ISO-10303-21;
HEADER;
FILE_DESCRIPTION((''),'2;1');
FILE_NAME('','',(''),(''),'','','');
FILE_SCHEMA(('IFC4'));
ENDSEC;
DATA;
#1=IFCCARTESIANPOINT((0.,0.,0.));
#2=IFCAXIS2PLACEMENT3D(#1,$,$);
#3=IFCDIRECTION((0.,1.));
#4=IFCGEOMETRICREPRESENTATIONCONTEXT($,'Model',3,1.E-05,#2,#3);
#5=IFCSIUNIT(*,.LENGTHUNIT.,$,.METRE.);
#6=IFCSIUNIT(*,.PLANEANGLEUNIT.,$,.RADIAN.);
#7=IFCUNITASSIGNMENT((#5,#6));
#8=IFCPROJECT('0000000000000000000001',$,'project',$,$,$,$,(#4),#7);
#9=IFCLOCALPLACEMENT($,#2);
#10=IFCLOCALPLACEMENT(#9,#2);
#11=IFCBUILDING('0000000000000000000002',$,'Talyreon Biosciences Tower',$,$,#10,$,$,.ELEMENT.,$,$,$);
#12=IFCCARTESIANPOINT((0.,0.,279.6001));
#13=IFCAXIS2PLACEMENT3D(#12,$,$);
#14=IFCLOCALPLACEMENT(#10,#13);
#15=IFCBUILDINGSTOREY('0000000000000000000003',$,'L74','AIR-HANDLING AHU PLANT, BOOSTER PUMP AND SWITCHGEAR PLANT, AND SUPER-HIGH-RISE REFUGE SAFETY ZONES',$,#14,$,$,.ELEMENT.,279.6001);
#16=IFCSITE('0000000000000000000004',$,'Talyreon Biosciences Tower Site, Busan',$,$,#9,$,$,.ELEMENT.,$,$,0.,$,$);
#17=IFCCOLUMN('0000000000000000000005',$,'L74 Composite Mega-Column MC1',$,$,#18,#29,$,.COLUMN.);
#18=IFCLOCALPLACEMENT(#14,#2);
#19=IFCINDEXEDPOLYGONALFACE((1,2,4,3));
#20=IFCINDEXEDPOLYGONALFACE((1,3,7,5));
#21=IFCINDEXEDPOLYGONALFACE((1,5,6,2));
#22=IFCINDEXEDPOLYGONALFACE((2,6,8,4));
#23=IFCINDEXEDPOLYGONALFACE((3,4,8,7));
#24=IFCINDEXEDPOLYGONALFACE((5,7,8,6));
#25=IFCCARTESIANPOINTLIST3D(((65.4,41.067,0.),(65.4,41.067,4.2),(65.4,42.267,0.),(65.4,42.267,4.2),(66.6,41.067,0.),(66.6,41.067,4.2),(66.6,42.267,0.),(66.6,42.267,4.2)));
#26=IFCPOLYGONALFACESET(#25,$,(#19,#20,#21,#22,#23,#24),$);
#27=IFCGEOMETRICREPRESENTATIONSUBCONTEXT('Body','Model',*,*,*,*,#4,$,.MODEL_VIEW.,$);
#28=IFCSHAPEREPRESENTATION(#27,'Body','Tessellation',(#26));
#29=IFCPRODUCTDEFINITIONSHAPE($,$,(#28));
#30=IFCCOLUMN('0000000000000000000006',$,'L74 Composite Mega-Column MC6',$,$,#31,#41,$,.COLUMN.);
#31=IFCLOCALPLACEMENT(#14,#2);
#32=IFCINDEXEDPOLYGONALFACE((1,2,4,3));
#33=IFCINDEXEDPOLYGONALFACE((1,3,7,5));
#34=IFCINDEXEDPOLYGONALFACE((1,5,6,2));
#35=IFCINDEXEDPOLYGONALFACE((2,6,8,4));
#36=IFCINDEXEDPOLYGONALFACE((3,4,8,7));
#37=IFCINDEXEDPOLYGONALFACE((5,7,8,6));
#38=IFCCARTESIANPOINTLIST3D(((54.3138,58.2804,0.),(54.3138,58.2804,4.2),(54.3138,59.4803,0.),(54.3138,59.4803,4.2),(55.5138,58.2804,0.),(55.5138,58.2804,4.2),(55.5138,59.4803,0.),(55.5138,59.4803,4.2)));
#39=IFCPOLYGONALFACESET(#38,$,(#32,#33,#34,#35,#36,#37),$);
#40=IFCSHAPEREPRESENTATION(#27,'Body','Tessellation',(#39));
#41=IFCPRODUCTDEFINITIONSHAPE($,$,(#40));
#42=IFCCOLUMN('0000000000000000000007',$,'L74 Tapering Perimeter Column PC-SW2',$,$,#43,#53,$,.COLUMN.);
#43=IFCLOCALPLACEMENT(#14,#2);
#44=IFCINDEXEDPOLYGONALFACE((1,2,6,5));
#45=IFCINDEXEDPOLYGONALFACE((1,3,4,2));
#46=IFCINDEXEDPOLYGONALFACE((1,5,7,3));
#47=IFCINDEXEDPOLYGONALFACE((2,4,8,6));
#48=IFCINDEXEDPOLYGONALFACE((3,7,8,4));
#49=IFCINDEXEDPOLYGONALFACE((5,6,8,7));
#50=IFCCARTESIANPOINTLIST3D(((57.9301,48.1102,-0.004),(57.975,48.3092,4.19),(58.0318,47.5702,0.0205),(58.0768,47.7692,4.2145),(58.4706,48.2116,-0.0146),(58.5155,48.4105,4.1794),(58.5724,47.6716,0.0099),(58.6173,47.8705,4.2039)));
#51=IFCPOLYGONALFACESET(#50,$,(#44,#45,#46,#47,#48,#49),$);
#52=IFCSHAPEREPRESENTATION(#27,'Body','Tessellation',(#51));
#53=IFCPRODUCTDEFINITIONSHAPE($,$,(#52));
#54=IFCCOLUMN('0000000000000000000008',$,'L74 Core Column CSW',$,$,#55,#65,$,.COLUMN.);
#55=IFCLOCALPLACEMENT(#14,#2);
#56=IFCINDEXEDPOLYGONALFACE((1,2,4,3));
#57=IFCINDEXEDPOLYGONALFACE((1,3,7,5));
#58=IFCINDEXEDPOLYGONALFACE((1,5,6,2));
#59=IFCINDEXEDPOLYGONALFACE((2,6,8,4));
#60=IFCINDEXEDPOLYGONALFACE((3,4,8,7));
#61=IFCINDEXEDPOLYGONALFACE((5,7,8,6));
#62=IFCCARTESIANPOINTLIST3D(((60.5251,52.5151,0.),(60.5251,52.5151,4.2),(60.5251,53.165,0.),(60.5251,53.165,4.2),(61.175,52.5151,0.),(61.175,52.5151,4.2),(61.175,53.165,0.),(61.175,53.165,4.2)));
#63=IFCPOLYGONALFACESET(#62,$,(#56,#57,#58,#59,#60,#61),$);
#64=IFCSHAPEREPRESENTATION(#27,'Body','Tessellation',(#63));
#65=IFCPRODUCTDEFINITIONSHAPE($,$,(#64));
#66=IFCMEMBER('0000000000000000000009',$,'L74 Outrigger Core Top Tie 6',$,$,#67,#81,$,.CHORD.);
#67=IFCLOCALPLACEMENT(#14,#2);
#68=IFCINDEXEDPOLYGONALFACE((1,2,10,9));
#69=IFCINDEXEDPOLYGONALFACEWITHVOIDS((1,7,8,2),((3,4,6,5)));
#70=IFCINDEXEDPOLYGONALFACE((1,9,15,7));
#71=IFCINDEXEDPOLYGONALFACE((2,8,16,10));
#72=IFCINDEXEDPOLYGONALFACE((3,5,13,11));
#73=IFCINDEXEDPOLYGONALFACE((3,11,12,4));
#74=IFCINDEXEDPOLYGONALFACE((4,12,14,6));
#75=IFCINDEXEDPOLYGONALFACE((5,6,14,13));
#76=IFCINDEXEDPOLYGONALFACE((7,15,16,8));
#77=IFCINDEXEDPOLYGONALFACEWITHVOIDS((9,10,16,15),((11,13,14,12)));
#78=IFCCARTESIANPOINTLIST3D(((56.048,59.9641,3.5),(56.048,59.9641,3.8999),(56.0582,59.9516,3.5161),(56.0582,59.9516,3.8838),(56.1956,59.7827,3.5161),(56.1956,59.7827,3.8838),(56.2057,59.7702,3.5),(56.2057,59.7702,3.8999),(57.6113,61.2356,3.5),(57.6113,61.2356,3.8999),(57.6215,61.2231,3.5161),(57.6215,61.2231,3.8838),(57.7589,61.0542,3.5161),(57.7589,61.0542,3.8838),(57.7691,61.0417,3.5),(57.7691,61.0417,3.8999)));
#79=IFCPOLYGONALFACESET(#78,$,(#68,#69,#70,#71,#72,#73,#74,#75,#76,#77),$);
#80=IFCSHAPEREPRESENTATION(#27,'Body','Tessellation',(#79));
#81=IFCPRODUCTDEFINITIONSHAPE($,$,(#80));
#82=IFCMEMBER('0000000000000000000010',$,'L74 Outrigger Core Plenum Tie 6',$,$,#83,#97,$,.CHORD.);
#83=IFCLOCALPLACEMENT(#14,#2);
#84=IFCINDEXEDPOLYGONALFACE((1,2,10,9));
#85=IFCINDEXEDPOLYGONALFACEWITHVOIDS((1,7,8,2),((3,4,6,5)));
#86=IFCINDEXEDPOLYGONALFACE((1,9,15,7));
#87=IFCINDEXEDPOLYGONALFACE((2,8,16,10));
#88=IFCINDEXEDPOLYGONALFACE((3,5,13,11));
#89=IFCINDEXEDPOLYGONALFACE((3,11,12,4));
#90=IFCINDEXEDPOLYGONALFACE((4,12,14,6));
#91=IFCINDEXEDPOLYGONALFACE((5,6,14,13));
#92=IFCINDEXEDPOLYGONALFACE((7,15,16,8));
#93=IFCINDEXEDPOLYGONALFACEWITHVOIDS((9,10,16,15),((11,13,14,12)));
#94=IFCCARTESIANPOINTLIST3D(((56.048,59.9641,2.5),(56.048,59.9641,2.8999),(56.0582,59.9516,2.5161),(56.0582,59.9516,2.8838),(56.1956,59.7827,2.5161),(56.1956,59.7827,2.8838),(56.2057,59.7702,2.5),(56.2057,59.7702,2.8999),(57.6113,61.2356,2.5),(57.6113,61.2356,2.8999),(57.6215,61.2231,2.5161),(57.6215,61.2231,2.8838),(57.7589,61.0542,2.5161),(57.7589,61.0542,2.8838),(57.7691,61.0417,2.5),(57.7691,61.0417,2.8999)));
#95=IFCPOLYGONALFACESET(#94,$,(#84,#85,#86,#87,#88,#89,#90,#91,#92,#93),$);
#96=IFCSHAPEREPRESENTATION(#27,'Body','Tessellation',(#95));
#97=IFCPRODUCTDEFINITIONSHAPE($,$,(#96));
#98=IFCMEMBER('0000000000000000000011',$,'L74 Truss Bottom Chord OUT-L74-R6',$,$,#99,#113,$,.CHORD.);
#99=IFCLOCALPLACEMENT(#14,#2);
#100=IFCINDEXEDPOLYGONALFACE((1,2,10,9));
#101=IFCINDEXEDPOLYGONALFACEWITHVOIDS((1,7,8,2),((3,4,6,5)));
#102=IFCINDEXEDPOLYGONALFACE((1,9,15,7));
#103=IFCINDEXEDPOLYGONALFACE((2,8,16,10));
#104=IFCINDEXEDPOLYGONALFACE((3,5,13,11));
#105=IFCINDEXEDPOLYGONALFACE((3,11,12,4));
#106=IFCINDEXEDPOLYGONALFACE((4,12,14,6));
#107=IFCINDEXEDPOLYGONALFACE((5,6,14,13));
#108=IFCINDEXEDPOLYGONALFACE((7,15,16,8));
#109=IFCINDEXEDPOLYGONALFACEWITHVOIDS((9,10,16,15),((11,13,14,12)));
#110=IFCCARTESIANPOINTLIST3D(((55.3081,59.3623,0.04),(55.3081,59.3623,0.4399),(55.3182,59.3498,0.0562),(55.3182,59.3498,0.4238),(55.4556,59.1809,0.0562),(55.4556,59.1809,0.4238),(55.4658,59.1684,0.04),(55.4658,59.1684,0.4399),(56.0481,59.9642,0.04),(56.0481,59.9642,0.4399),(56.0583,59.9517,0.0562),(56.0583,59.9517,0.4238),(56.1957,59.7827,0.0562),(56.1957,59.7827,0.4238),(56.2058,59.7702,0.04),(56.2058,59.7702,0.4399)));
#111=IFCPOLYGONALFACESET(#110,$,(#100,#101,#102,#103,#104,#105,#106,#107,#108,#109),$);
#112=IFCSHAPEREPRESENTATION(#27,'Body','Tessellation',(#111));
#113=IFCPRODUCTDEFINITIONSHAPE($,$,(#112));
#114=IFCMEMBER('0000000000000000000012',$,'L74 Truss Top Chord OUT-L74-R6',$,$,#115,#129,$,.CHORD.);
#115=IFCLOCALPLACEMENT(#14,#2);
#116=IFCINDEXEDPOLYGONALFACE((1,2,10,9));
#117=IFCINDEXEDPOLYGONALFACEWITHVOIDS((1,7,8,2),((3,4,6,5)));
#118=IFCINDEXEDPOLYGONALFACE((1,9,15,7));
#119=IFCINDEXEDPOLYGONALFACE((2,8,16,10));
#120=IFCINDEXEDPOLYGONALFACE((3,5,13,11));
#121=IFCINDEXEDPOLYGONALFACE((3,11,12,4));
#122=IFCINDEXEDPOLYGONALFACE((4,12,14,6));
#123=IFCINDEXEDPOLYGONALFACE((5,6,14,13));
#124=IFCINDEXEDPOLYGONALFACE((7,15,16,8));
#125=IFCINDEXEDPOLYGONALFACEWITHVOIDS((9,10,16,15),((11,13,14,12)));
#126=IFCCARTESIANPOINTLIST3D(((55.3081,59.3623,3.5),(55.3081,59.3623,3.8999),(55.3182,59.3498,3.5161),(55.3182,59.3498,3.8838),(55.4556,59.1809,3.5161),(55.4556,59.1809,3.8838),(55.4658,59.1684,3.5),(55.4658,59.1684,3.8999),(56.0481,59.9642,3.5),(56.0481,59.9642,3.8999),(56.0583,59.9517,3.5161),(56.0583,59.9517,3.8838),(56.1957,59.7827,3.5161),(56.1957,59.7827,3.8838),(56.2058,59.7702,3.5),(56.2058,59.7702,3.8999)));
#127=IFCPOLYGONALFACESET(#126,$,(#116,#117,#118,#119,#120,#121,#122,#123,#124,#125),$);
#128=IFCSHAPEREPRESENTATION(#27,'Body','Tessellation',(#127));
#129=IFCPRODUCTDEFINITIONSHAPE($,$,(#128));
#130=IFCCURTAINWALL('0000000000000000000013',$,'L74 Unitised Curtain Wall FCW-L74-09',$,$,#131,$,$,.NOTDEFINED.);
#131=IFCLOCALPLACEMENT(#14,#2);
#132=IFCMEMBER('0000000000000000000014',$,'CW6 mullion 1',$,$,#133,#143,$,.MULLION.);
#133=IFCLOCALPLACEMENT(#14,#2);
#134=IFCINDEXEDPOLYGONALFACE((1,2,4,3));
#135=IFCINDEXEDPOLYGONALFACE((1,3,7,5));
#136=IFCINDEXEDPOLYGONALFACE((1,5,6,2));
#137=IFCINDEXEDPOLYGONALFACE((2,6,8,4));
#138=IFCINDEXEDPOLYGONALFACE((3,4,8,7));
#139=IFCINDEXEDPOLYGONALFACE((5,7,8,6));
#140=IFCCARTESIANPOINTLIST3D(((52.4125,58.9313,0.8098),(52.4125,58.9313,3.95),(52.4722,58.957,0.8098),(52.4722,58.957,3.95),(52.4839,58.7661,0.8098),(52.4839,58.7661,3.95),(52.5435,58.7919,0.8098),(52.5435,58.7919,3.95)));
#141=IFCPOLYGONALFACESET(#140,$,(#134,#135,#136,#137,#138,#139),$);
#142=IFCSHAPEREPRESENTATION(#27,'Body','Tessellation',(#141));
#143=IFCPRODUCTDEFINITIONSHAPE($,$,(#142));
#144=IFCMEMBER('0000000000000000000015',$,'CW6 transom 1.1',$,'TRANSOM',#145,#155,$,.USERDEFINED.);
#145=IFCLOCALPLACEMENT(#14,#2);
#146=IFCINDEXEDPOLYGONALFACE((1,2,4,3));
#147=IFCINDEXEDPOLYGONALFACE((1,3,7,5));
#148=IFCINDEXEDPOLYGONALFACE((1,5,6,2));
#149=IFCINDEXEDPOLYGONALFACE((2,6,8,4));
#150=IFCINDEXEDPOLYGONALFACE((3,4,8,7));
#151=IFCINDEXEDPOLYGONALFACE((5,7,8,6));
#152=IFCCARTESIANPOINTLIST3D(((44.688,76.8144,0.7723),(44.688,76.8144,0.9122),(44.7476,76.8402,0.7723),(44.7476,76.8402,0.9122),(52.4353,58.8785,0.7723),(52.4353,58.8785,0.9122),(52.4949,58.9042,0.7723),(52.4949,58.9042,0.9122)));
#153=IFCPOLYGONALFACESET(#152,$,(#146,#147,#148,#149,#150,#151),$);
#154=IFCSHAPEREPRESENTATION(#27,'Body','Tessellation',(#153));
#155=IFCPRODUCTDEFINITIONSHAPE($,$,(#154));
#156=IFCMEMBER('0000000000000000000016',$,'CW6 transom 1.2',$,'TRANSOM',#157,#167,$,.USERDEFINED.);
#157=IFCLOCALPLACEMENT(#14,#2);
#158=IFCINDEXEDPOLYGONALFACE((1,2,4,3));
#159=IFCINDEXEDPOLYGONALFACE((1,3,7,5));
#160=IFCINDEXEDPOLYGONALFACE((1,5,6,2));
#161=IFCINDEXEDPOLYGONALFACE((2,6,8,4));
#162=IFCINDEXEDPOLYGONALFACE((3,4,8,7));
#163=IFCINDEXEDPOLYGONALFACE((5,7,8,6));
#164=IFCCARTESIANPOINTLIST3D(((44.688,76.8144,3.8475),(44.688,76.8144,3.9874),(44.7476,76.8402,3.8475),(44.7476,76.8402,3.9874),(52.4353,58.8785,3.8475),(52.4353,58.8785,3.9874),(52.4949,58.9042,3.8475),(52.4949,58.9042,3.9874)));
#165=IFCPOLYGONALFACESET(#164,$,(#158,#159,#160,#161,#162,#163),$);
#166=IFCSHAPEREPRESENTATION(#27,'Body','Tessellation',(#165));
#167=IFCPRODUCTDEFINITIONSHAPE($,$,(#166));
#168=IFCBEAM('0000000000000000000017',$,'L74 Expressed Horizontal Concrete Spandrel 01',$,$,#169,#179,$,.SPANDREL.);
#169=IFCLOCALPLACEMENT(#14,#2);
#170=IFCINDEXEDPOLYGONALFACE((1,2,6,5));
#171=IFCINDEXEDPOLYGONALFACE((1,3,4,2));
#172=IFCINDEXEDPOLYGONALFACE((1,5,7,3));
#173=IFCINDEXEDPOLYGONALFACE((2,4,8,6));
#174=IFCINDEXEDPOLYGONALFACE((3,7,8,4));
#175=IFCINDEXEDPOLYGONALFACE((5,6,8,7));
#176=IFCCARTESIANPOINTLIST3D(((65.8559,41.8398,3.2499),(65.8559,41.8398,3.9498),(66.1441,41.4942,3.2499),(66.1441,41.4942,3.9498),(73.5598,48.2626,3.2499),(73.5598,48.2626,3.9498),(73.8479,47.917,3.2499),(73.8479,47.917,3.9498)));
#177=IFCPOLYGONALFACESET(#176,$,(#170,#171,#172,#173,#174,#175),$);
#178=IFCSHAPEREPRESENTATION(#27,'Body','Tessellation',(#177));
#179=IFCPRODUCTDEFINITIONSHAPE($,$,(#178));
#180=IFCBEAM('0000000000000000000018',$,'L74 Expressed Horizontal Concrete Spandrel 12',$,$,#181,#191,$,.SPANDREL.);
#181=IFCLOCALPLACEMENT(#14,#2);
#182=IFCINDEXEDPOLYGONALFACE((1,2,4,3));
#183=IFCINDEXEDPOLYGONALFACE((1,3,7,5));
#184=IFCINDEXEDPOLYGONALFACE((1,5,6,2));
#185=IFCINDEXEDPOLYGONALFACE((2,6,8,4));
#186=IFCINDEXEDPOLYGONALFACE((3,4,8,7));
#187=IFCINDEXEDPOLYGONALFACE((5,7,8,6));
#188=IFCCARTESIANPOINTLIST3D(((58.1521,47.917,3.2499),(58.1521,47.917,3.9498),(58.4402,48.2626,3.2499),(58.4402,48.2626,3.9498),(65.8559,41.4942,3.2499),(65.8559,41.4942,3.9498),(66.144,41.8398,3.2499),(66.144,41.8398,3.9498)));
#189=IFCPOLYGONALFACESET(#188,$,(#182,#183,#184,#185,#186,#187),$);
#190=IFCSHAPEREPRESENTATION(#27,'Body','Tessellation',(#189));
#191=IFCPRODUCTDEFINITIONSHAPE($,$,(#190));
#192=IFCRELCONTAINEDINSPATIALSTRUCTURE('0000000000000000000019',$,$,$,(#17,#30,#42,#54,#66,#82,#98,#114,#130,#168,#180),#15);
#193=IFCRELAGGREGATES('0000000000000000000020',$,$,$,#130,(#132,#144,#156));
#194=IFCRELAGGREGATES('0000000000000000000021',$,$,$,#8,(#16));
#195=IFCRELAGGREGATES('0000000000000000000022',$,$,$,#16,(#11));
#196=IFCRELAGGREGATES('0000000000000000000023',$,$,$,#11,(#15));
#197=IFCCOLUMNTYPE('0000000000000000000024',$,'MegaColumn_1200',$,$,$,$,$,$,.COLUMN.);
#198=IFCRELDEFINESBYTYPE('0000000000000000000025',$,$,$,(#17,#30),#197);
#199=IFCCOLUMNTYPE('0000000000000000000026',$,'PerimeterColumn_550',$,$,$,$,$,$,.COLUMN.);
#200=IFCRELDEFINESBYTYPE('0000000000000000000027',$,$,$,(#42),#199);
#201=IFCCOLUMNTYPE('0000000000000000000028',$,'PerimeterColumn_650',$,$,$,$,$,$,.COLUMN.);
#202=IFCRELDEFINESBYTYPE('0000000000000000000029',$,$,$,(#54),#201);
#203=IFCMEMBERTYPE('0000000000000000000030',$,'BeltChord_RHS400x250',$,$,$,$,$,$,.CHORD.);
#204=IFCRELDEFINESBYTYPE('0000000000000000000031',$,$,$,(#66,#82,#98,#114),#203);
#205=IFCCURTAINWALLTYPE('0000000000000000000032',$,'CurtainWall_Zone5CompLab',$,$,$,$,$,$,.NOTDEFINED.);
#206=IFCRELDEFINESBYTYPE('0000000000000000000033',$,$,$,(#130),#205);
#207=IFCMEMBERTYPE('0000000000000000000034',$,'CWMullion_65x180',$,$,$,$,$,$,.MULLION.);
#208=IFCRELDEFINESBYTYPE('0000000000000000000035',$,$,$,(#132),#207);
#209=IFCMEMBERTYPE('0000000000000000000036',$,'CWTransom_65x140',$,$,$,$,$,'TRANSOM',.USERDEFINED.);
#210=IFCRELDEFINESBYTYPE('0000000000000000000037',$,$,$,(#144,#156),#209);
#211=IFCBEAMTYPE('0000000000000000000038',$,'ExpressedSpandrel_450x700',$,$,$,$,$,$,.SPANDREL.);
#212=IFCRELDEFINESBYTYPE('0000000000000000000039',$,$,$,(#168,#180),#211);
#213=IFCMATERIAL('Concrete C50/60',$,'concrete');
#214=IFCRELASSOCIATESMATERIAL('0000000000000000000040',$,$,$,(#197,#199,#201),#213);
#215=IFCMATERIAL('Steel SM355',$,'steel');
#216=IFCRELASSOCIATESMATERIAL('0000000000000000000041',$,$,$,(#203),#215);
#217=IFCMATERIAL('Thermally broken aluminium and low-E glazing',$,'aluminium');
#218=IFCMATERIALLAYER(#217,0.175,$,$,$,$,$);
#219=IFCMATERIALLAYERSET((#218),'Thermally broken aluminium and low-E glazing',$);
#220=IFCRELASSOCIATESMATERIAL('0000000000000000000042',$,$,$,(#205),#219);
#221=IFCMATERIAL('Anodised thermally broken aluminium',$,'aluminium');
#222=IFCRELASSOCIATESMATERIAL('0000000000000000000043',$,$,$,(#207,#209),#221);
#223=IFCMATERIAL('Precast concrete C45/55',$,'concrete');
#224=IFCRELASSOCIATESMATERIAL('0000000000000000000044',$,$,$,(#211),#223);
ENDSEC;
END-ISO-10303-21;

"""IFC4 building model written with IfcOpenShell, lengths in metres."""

from ifc_helpers import new_model, si_unit, direction, frame, origin, origin_2d, place, context, subcontext, project, spatial, rectangle, hollow_rectangle, extrude, material, layer, layer_set, material_profile, profile_set, type_object, element, aggregate, save


model = new_model("IFC4")

# Units and contexts
model_context = context("Model", 3, precision=1e-05, world=origin(), true_north=direction((0.0, 1.0)))
body_context = subcontext(model_context, "Body", "Model", "MODEL_VIEW")
ifc_project = project(units=[si_unit("LENGTHUNIT", "METRE"), si_unit("PLANEANGLEUNIT", "RADIAN")], contexts=[model_context])

# Site, building, storey
site_placement = place(None, origin())
site = spatial("IfcSite", under=ifc_project, at=site_placement, Name="Talyreon Biosciences Tower Site, Busan", CompositionType="ELEMENT", RefElevation=0.0)
building_placement = place(site_placement, origin())
building = spatial("IfcBuilding", under=site, at=building_placement, Name="Talyreon Biosciences Tower", CompositionType="ELEMENT")
storey_placement = place(building_placement, frame((0.0, 0.0, 279.6001)))
storey = spatial("IfcBuildingStorey", under=building, at=storey_placement, Name="L74", Description="AIR-HANDLING AHU PLANT, BOOSTER PUMP AND SWITCHGEAR PLANT, AND SUPER-HIGH-RISE REFUGE SAFETY ZONES", CompositionType="ELEMENT", Elevation=279.6001)

# Columns
ifc_material_1 = material(Name="Concrete C50/60", Category="concrete")
ifc_material_profile_1 = material_profile(ifc_material_1, rectangle(XDim=1.2, YDim=1.2, at=origin_2d()), Name="RC 1200x1200")
ifc_profile_set_1 = profile_set([ifc_material_profile_1], Name="Concrete C50/60")
column_type_1 = type_object("IfcColumnType", Name="MegaColumn_1200", PredefinedType="COLUMN", material=ifc_profile_set_1)
for number, where, z_axis, x_axis, name in (
    (1, (66.0, 41.667, 0.0), (0.0, 0.0, 1.0), (1.0, 0.0, 0.0), "L74 Composite Mega-Column MC1"),
    (2, (54.9138, 58.8804, 0.0), (0.0, 0.0, 1.0), (1.0, 0.0, 0.0), "L74 Composite Mega-Column MC6"),
):
    element("IfcColumn", number, at=place(storey_placement, frame(where, z_axis=z_axis, x_axis=x_axis)), inside=storey, type_object=column_type_1, Name=name, PredefinedType="COLUMN", context=body_context, shape_type="SweptSolid", body=[
        extrude(rectangle(XDim=1.2, YDim=1.2, at=origin_2d()), origin(), (0.0, 0.0, 1.0), 4.2),
    ])
ifc_material_profile_2 = material_profile(ifc_material_1, rectangle(XDim=0.55, YDim=0.55, at=origin_2d()), Name="RC 550x550")
ifc_profile_set_2 = profile_set([ifc_material_profile_2], Name="Concrete C50/60")
column_type_2 = type_object("IfcColumnType", Name="PerimeterColumn_550", PredefinedType="COLUMN", material=ifc_profile_set_2)
column_1_placement = place(storey_placement, frame((58.2512, 47.8909, 0.0029), z_axis=(0.010698, 0.047386, 0.998819), x_axis=(-0.184993, 0.981728, -0.044593)))
element("IfcColumn", 3, at=column_1_placement, inside=storey, type_object=column_type_2, Name="L74 Tapering Perimeter Column PC-SW2", PredefinedType="COLUMN", context=body_context, shape_type="SweptSolid", body=[
    extrude(rectangle(XDim=0.55, YDim=0.55, at=origin_2d()), origin(), (0.0, 0.0, 1.0), 4.199),
])
ifc_material_profile_3 = material_profile(ifc_material_1, rectangle(XDim=0.6499, YDim=0.6499, at=origin_2d()), Name="RC 650x650")
ifc_profile_set_3 = profile_set([ifc_material_profile_3], Name="Concrete C50/60")
column_type_3 = type_object("IfcColumnType", Name="PerimeterColumn_650", PredefinedType="COLUMN", material=ifc_profile_set_3)
column_2_placement = place(storey_placement, frame((60.8501, 52.8401, 0.0), z_axis=(0.0, 0.0, 1.0), x_axis=(1.0, 0.0, 0.0)))
element("IfcColumn", 4, at=column_2_placement, inside=storey, type_object=column_type_3, Name="L74 Core Column CSW", PredefinedType="COLUMN", context=body_context, shape_type="SweptSolid", body=[
    extrude(rectangle(XDim=0.6499, YDim=0.6499, at=origin_2d()), origin(), (0.0, 0.0, 1.0), 4.2),
])

# Members
ifc_material_2 = material(Name="Steel SM355", Category="steel")
ifc_material_profile_4 = material_profile(ifc_material_2, hollow_rectangle(XDim=0.25, YDim=0.3999, WallThickness=0.0161, at=origin_2d()), Name="RHS 400x250x16")
ifc_profile_set_4 = profile_set([ifc_material_profile_4], Name="Steel SM355")
member_type_1 = type_object("IfcMemberType", Name="BeltChord_RHS400x250", PredefinedType="CHORD", material=ifc_profile_set_4)
for number, where, z_axis, x_axis, name in (
    (5, (57.6902, 61.1387, 3.7), (-0.775784, -0.630998, 0.0), (0.630998, -0.775784, 0.0), "L74 Outrigger Core Top Tie 6"),
    (6, (57.6902, 61.1387, 2.7), (-0.775784, -0.630998, 0.0), (0.630998, -0.775784, 0.0), "L74 Outrigger Core Plenum Tie 6"),
):
    element("IfcMember", number, at=place(storey_placement, frame(where, z_axis=z_axis, x_axis=x_axis)), inside=storey, type_object=member_type_1, Name=name, PredefinedType="CHORD", context=body_context, shape_type="SweptSolid", body=[
        extrude(hollow_rectangle(XDim=0.25, YDim=0.3999, WallThickness=0.0161, at=origin_2d()), origin(), (0.0, 0.0, 1.0), 2.0151),
    ])
for number, where, z_axis, x_axis, name in (
    (7, (56.127, 59.8672, 0.24), (-0.775824, -0.630949, 0.0), (0.630949, -0.775824, 0.0), "L74 Truss Bottom Chord OUT-L74-R6"),
    (8, (56.127, 59.8672, 3.7), (-0.775824, -0.630949, 0.0), (0.630949, -0.775824, 0.0), "L74 Truss Top Chord OUT-L74-R6"),
):
    element("IfcMember", number, at=place(storey_placement, frame(where, z_axis=z_axis, x_axis=x_axis)), inside=storey, type_object=member_type_1, Name=name, PredefinedType="CHORD", context=body_context, shape_type="SweptSolid", body=[
        extrude(hollow_rectangle(XDim=0.25, YDim=0.3999, WallThickness=0.0161, at=origin_2d()), origin(), (0.0, 0.0, 1.0), 0.9539),
    ])

# Curtain wall, members
ifc_material_3 = material(Name="Thermally broken aluminium and low-E glazing", Category="aluminium")
ifc_layer_1 = layer(ifc_material_3, 0.175)
ifc_layer_set_1 = layer_set([ifc_layer_1], Name="Thermally broken aluminium and low-E glazing")
curtain_wall_type = type_object("IfcCurtainWallType", Name="CurtainWall_Zone5CompLab", PredefinedType="NOTDEFINED", material=ifc_layer_set_1)
curtain_wall_placement = place(storey_placement, origin())
curtain_wall = element("IfcCurtainWall", 9, at=curtain_wall_placement, inside=storey, type_object=curtain_wall_type, Name="L74 Unitised Curtain Wall FCW-L74-09", PredefinedType="NOTDEFINED")
ifc_material_4 = material(Name="Anodised thermally broken aluminium", Category="aluminium")
ifc_material_profile_5 = material_profile(ifc_material_4, rectangle(XDim=0.0649, YDim=0.1799, at=origin_2d()), Name="ALUM MULLION 65x180")
ifc_profile_set_5 = profile_set([ifc_material_profile_5], Name="Anodised thermally broken aluminium")
member_type_2 = type_object("IfcMemberType", Name="CWMullion_65x180", PredefinedType="MULLION", material=ifc_profile_set_5)
member_1_placement = place(storey_placement, frame((52.478, 58.8616, 0.8098), z_axis=(0.0, 0.0, 1.0), x_axis=(-0.918022, -0.39653, 0.0)))
member_1 = element("IfcMember", 10, at=member_1_placement, type_object=member_type_2, Name="CW6 mullion 1", PredefinedType="MULLION", context=body_context, shape_type="SweptSolid", body=[
    extrude(rectangle(XDim=0.0649, YDim=0.1799, at=origin_2d()), origin(), (0.0, 0.0, 1.0), 3.1401),
])
ifc_material_profile_6 = material_profile(ifc_material_4, rectangle(XDim=0.0649, YDim=0.1399, at=origin_2d()), Name="ALUM TRANSOM 65x140")
ifc_profile_set_6 = profile_set([ifc_material_profile_6], Name="Anodised thermally broken aluminium")
member_type_3 = type_object("IfcMemberType", Name="CWTransom_65x140", ElementType="TRANSOM", PredefinedType="USERDEFINED", material=ifc_profile_set_6)
member_2_placement = place(storey_placement, frame((52.4651, 58.8914, 0.8423), z_axis=(-0.396531, 0.918021, 0.0), x_axis=(-0.918021, -0.396531, 0.0)))
member_2 = element("IfcMember", 11, at=member_2_placement, type_object=member_type_3, Name="CW6 transom 1.1", ObjectType="TRANSOM", PredefinedType="USERDEFINED", context=body_context, shape_type="SweptSolid", body=[
    extrude(rectangle(XDim=0.0649, YDim=0.1399, at=origin_2d()), origin(), (0.0, 0.0, 1.0), 19.5376),
])
member_3_placement = place(storey_placement, frame((52.4651, 58.8914, 3.9175), z_axis=(-0.396531, 0.918021, 0.0), x_axis=(-0.918021, -0.396531, 0.0)))
member_3 = element("IfcMember", 12, at=member_3_placement, type_object=member_type_3, Name="CW6 transom 1.2", ObjectType="TRANSOM", PredefinedType="USERDEFINED", context=body_context, shape_type="SweptSolid", body=[
    extrude(rectangle(XDim=0.0649, YDim=0.1399, at=origin_2d()), origin(), (0.0, 0.0, 1.0), 19.5376),
])
aggregate(curtain_wall, [member_1, member_2, member_3])

# Beams
ifc_material_5 = material(Name="Precast concrete C45/55", Category="concrete")
ifc_material_profile_7 = material_profile(ifc_material_5, rectangle(XDim=0.45, YDim=0.7, at=origin_2d()), Name="RCB 450x700")
ifc_profile_set_7 = profile_set([ifc_material_profile_7], Name="Precast concrete C45/55")
beam_type_1 = type_object("IfcBeamType", Name="ExpressedSpandrel_450x700", PredefinedType="SPANDREL", material=ifc_profile_set_7)
for number, where, z_axis, x_axis, name in (
    (13, (66.0, 41.667, 3.5999), (0.768076, 0.640359, 0.0), (-0.640359, 0.768076, 0.0), "L74 Expressed Horizontal Concrete Spandrel 01"),
    (14, (58.2961, 48.0898, 3.5999), (0.768076, -0.640359, 0.0), (0.640359, 0.768076, 0.0), "L74 Expressed Horizontal Concrete Spandrel 12"),
):
    element("IfcBeam", number, at=place(storey_placement, frame(where, z_axis=z_axis, x_axis=x_axis)), inside=storey, type_object=beam_type_1, Name=name, PredefinedType="SPANDREL", context=body_context, shape_type="SweptSolid", body=[
        extrude(rectangle(XDim=0.45, YDim=0.7, at=origin_2d()), origin(), (0.0, 0.0, 1.0), 10.03),
    ])

save(model, "model.ifc")
